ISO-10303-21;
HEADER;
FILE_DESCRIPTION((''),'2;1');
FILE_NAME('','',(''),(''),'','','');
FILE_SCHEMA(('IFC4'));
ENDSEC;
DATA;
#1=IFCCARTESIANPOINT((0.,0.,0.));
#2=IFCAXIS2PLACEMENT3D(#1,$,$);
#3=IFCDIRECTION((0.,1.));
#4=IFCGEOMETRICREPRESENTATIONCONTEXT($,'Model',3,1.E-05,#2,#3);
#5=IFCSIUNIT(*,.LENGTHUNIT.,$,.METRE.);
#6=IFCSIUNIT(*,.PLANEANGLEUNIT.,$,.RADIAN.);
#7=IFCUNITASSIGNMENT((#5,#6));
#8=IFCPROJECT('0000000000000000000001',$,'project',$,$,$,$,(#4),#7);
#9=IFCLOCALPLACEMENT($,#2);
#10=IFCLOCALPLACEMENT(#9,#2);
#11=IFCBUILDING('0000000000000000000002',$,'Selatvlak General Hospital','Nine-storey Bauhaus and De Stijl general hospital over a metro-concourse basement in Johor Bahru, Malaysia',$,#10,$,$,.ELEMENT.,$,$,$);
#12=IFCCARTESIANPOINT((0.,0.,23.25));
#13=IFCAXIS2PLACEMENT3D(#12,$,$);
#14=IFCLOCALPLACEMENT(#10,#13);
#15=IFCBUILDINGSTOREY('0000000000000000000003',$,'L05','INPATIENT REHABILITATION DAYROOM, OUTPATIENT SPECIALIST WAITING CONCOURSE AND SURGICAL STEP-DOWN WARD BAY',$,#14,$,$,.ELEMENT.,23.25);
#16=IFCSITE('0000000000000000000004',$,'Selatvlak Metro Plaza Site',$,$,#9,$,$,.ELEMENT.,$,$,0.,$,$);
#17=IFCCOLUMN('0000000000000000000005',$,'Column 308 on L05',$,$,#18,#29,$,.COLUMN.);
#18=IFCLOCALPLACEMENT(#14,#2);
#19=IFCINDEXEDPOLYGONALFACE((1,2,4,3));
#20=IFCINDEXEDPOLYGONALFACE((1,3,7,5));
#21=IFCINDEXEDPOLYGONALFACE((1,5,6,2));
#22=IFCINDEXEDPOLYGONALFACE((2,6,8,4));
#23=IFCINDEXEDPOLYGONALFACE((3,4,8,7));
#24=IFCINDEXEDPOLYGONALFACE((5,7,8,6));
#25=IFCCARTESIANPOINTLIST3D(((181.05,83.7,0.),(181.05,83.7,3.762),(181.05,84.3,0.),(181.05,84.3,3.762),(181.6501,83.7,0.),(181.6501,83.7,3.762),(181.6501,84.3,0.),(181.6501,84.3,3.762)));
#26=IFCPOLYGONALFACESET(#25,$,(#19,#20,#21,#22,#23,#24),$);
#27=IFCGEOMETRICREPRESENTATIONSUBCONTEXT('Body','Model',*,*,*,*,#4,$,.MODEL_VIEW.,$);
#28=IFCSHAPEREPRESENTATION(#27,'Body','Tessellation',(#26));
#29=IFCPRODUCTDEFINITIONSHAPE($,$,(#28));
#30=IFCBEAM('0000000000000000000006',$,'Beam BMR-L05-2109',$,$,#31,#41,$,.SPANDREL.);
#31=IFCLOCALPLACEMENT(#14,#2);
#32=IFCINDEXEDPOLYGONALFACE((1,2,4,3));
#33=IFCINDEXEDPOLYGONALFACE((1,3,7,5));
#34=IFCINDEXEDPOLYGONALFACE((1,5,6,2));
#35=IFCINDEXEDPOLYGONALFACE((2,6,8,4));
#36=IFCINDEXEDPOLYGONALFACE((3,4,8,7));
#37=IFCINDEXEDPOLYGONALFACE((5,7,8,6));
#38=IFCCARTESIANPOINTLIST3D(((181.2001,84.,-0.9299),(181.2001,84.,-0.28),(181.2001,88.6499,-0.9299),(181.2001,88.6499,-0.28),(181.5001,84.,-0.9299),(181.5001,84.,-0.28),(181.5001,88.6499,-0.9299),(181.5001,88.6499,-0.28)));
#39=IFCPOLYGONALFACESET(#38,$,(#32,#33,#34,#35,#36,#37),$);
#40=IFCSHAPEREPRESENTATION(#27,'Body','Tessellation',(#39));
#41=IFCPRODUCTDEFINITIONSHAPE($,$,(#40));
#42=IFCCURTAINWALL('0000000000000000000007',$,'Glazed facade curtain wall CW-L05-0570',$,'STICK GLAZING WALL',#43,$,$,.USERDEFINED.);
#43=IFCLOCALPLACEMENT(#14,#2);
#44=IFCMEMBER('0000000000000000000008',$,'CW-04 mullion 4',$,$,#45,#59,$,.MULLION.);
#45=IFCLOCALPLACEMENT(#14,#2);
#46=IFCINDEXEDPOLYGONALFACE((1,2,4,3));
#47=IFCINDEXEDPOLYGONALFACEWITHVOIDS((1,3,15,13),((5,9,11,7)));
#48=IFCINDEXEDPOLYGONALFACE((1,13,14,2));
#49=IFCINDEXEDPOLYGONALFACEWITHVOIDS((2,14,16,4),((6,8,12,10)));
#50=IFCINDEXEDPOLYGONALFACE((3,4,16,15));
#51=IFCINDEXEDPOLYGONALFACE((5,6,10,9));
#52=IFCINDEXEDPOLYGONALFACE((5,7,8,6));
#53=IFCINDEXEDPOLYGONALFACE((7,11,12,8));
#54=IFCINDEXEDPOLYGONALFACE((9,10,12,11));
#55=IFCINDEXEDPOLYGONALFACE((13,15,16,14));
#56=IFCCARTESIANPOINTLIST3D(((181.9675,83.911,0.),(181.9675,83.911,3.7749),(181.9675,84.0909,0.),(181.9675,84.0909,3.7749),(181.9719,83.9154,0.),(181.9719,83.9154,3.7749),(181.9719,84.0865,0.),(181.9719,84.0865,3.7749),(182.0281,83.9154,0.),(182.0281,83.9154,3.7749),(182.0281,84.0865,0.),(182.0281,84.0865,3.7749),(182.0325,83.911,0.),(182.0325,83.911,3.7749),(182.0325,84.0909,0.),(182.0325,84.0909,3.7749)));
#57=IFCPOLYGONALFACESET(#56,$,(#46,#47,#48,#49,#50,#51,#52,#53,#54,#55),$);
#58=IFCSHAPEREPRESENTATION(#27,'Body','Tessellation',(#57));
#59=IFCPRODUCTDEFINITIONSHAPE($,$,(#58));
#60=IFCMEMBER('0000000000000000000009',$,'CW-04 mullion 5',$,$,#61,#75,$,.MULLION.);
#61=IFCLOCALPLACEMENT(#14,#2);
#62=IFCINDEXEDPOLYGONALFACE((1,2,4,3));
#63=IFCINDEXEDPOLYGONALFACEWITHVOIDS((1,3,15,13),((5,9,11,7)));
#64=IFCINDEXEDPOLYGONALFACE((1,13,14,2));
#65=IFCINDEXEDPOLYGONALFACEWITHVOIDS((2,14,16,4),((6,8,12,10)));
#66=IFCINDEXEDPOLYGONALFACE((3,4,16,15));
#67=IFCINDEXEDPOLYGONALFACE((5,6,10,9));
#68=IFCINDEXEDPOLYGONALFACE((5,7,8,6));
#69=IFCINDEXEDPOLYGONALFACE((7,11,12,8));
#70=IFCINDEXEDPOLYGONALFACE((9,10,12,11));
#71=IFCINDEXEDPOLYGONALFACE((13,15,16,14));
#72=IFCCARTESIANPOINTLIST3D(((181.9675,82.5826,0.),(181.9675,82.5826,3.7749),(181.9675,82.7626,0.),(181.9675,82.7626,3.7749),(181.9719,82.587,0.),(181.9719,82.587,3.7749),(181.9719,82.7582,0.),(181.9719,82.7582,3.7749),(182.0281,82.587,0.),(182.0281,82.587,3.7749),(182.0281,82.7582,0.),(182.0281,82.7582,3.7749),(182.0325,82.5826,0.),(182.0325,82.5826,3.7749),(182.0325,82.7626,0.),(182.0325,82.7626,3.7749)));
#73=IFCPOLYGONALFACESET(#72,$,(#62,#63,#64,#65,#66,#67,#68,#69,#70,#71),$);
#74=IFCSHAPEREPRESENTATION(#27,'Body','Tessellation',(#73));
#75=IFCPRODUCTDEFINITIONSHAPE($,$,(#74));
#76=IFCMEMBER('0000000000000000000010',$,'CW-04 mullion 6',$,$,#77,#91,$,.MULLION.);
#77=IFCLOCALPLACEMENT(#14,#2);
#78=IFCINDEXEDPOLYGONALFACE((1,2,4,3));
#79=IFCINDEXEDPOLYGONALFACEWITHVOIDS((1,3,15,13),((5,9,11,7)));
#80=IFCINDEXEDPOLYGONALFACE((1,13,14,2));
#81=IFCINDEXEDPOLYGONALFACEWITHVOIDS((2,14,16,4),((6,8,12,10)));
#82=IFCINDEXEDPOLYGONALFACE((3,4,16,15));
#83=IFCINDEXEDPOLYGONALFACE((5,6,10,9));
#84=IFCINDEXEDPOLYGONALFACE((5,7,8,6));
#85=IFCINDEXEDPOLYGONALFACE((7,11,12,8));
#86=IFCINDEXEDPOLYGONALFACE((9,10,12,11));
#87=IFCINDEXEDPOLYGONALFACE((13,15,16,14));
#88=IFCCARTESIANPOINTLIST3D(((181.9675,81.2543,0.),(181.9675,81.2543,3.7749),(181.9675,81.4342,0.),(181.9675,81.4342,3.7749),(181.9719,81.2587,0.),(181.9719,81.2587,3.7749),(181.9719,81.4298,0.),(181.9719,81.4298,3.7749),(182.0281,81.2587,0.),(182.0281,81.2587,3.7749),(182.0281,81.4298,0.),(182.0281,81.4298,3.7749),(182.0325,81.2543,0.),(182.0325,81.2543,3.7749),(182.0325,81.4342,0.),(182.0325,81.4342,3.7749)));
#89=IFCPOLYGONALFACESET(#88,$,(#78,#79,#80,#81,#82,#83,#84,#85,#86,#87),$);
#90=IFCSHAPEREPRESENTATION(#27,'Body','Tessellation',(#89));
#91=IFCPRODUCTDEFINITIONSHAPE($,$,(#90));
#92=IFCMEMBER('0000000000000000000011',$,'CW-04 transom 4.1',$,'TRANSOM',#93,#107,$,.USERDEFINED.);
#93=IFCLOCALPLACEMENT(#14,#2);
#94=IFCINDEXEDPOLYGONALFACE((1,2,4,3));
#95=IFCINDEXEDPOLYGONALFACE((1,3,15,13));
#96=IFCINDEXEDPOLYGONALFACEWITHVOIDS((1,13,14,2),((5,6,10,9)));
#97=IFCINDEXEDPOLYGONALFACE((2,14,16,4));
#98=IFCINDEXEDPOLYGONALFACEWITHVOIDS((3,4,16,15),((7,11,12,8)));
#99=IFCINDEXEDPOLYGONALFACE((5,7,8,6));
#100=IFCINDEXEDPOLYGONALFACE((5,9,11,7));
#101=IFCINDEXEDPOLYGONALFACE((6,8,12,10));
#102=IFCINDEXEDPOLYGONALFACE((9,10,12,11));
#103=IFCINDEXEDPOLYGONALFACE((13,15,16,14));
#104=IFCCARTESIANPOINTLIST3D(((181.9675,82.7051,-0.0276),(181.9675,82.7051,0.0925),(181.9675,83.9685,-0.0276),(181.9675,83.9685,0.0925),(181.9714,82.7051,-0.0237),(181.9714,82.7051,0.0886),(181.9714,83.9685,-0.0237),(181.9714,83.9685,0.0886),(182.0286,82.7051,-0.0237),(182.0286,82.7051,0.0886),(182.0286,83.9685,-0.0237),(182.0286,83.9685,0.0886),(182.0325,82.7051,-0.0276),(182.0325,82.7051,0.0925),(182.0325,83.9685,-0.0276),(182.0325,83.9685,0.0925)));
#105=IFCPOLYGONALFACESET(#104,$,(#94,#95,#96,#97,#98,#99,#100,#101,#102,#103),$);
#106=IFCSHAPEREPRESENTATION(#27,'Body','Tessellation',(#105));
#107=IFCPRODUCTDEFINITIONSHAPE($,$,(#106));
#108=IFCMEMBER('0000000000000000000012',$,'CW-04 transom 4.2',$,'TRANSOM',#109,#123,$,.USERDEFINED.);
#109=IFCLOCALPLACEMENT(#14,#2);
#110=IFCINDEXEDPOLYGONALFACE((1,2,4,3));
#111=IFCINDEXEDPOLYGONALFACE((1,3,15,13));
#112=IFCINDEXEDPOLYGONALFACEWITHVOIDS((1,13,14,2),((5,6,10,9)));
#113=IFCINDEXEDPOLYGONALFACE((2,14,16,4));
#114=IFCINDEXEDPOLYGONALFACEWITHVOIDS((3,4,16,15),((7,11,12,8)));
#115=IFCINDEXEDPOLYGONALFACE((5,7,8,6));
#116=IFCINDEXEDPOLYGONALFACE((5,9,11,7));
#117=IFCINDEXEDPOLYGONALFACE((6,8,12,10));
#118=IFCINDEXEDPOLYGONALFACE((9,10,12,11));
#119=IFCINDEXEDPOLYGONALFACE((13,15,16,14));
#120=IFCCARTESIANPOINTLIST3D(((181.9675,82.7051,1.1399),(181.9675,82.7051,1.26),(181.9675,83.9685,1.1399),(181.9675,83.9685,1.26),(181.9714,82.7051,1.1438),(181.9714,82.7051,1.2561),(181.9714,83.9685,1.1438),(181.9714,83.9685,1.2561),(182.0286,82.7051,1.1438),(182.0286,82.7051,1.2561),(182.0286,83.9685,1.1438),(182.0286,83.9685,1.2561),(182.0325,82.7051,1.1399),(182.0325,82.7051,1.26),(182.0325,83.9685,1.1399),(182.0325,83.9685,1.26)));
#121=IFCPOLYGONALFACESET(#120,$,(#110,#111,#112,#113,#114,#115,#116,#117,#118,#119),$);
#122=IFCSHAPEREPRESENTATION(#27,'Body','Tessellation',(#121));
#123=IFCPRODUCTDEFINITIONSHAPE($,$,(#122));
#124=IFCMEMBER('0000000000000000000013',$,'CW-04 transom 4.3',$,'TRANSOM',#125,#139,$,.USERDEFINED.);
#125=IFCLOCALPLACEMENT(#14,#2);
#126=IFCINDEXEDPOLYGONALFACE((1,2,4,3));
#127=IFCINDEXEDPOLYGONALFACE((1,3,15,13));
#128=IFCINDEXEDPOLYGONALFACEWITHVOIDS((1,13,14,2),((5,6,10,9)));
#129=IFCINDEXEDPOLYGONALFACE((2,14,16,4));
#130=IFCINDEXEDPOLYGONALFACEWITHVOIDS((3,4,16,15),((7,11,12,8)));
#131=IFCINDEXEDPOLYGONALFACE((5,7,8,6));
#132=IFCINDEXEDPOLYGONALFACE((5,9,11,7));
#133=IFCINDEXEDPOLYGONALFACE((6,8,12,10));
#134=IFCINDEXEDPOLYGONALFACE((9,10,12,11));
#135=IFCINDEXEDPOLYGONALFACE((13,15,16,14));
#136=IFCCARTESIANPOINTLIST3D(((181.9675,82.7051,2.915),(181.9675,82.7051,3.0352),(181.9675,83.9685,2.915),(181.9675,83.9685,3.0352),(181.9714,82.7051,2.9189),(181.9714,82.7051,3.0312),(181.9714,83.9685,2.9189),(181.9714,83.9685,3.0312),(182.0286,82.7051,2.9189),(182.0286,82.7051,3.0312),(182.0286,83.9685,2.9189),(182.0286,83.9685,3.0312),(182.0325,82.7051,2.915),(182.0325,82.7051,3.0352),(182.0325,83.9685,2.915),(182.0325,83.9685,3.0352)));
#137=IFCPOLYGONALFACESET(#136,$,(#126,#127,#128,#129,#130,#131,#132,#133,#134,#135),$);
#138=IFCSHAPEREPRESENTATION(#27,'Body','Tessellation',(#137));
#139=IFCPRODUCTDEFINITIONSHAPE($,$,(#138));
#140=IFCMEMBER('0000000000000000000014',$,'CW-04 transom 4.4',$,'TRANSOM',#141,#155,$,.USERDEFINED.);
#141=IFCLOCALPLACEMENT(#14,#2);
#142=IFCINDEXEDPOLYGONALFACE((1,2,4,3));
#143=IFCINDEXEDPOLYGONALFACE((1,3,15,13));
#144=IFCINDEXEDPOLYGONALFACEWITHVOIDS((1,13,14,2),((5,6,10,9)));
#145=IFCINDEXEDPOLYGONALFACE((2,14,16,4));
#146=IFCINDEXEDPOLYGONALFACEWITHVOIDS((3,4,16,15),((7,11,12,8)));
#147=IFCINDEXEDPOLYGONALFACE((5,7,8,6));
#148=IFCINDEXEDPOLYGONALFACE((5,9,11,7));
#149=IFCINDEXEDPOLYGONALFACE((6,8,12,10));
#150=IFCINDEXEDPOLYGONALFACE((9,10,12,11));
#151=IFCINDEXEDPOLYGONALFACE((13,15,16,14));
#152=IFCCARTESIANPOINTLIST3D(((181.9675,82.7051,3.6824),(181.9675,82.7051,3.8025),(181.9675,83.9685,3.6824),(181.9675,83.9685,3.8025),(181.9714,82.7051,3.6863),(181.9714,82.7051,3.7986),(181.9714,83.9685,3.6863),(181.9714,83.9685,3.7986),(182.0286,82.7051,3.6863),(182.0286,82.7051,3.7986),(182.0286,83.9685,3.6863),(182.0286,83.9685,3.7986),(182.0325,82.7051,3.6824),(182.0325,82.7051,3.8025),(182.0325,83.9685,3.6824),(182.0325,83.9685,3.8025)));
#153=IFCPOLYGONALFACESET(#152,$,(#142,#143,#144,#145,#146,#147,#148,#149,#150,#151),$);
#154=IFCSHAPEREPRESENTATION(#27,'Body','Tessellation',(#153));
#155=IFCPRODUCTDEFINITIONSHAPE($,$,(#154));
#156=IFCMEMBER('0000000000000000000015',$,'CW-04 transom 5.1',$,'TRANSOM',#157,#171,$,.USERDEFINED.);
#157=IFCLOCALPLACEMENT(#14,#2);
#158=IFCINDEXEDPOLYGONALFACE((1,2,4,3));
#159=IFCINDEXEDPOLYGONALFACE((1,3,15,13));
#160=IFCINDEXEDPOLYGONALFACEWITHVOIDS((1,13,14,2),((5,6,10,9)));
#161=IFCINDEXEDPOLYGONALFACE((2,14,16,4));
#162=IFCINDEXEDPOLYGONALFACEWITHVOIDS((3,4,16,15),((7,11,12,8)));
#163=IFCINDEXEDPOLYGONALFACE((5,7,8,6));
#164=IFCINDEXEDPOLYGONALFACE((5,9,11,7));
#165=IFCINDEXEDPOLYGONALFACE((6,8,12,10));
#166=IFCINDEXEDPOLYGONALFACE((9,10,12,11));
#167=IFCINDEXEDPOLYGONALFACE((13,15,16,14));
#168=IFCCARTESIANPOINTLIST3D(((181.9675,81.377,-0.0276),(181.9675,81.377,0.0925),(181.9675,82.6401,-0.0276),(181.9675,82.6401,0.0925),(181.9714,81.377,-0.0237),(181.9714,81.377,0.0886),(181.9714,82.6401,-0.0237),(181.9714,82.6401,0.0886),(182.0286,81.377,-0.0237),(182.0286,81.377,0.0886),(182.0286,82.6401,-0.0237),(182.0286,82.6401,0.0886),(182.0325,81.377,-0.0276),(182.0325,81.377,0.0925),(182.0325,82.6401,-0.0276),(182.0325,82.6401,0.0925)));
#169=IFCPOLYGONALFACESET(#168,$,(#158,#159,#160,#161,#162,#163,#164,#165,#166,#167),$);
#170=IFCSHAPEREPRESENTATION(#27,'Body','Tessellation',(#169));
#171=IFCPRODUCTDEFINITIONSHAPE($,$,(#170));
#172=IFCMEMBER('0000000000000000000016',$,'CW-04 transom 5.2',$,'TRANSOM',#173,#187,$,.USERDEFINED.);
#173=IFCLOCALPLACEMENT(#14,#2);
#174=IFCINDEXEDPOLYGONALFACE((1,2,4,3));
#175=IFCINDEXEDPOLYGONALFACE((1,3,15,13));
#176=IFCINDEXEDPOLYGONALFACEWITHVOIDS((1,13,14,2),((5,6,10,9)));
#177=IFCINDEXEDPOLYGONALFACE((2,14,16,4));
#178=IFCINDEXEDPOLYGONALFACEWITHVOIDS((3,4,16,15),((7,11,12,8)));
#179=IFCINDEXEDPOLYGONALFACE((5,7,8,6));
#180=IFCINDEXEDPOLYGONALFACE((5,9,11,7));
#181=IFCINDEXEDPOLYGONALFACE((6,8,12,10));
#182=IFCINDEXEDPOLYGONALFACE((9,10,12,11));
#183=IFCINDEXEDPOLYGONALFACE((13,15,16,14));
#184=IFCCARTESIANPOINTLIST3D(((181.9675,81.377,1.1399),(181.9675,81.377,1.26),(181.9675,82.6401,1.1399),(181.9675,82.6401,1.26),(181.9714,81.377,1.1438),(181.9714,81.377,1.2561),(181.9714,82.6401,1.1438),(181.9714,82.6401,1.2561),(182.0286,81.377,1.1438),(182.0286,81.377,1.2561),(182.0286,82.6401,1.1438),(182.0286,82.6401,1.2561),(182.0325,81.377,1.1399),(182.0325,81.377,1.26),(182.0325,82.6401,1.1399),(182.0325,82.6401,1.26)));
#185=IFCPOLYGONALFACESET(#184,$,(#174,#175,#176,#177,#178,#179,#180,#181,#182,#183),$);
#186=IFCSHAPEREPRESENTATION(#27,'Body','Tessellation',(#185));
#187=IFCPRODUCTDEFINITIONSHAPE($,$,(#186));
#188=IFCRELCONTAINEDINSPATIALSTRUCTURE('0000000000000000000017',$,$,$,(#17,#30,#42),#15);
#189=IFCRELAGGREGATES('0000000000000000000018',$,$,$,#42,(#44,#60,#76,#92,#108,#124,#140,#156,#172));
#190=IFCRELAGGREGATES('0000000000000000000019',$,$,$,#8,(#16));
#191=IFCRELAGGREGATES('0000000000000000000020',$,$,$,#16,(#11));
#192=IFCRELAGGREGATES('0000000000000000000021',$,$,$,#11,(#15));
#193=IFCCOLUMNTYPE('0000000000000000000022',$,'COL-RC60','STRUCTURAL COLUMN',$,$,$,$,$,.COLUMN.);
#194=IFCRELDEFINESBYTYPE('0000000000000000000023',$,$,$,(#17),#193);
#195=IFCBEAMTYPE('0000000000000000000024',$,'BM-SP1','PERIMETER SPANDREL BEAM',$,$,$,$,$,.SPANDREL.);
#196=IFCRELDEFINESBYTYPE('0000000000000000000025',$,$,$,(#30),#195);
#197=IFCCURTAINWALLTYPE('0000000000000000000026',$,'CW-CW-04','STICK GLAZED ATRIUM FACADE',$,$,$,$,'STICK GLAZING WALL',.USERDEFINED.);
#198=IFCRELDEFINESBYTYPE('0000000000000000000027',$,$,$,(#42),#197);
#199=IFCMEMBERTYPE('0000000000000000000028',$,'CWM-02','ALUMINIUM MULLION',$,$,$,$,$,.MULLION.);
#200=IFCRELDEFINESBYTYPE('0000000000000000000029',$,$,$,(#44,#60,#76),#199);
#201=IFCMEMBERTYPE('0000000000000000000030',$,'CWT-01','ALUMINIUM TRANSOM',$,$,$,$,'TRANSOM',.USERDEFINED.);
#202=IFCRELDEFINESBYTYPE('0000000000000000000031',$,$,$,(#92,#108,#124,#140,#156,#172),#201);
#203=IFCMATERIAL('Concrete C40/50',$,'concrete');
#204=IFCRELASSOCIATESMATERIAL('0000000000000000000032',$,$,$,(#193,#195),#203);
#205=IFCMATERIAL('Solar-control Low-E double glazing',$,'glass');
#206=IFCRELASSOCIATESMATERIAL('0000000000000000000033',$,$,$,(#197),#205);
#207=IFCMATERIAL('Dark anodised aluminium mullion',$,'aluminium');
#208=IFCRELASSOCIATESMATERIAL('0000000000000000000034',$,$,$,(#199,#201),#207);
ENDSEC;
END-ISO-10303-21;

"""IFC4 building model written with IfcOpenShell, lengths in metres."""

from ifc_helpers import new_model, si_unit, direction, frame, origin, origin_2d, place, context, subcontext, project, spatial, rectangle, hollow_rectangle, extrude, material, material_profile, profile_set, type_object, element, aggregate, save


model = new_model("IFC4")

# Units and contexts
model_context = context("Model", 3, precision=1e-05, world=origin(), true_north=direction((0.0, 1.0)))
body_context = subcontext(model_context, "Body", "Model", "MODEL_VIEW")
ifc_project = project(units=[si_unit("LENGTHUNIT", "METRE"), si_unit("PLANEANGLEUNIT", "RADIAN")], contexts=[model_context])

# Site, building, storey
site_placement = place(None, origin())
site = spatial("IfcSite", under=ifc_project, at=site_placement, Name="Selatvlak Metro Plaza Site", CompositionType="ELEMENT", RefElevation=0.0)
building_placement = place(site_placement, origin())
building = spatial("IfcBuilding", under=site, at=building_placement, Name="Selatvlak General Hospital", Description="Nine-storey Bauhaus and De Stijl general hospital over a metro-concourse basement in Johor Bahru, Malaysia", CompositionType="ELEMENT")
storey_placement = place(building_placement, frame((0.0, 0.0, 23.25)))
storey = spatial("IfcBuildingStorey", under=building, at=storey_placement, Name="L05", Description="INPATIENT REHABILITATION DAYROOM, OUTPATIENT SPECIALIST WAITING CONCOURSE AND SURGICAL STEP-DOWN WARD BAY", CompositionType="ELEMENT", Elevation=23.25)

# Column
ifc_material_1 = material(Name="Concrete C40/50", Category="concrete")
ifc_material_profile_1 = material_profile(ifc_material_1, rectangle(XDim=0.6001, YDim=0.6001, at=origin_2d()), Name="RC-COL 600x600")
ifc_profile_set_1 = profile_set([ifc_material_profile_1], Name="Concrete C40/50")
column_type = type_object("IfcColumnType", Name="COL-RC60", Description="STRUCTURAL COLUMN", PredefinedType="COLUMN", material=ifc_profile_set_1)
column_placement = place(storey_placement, frame((181.3501, 84.0, 0.0), z_axis=(0.0, 0.0, 1.0), x_axis=(1.0, 0.0, 0.0)))
element("IfcColumn", 1, at=column_placement, inside=storey, type_object=column_type, Name="Column 308 on L05", PredefinedType="COLUMN", context=body_context, shape_type="SweptSolid", body=[
    extrude(rectangle(XDim=0.6001, YDim=0.6001, at=origin_2d()), origin(), (0.0, 0.0, 1.0), 3.762),
])

# Beam
ifc_material_profile_2 = material_profile(ifc_material_1, rectangle(XDim=0.3, YDim=0.6499, at=origin_2d()), Name="RC-SP 300x650")
ifc_profile_set_2 = profile_set([ifc_material_profile_2], Name="Concrete C40/50")
beam_type = type_object("IfcBeamType", Name="BM-SP1", Description="PERIMETER SPANDREL BEAM", PredefinedType="SPANDREL", material=ifc_profile_set_2)
beam_placement = place(storey_placement, frame((181.3501, 84.0, -0.605), z_axis=(0.0, 1.0, 0.0), x_axis=(-1.0, 0.0, 0.0)))
element("IfcBeam", 2, at=beam_placement, inside=storey, type_object=beam_type, Name="Beam BMR-L05-2109", PredefinedType="SPANDREL", context=body_context, shape_type="SweptSolid", body=[
    extrude(rectangle(XDim=0.3, YDim=0.6499, at=origin_2d()), origin(), (0.0, 0.0, 1.0), 4.6499),
])

# Curtain wall, members
ifc_material_2 = material(Name="Solar-control Low-E double glazing", Category="glass")
curtain_wall_type = type_object("IfcCurtainWallType", Name="CW-CW-04", Description="STICK GLAZED ATRIUM FACADE", ElementType="STICK GLAZING WALL", PredefinedType="USERDEFINED", material=ifc_material_2)
curtain_wall_placement = place(storey_placement, origin())
curtain_wall = element("IfcCurtainWall", 3, at=curtain_wall_placement, inside=storey, type_object=curtain_wall_type, Name="Glazed facade curtain wall CW-L05-0570", ObjectType="STICK GLAZING WALL", PredefinedType="USERDEFINED")
ifc_material_3 = material(Name="Dark anodised aluminium mullion", Category="aluminium")
ifc_material_profile_3 = material_profile(ifc_material_3, hollow_rectangle(XDim=0.0649, YDim=0.1799, WallThickness=0.0044, at=origin_2d()), Name="AL-MUL 65x180x4.5")
ifc_profile_set_3 = profile_set([ifc_material_profile_3], Name="Dark anodised aluminium mullion")
member_type_1 = type_object("IfcMemberType", Name="CWM-02", Description="ALUMINIUM MULLION", PredefinedType="MULLION", material=ifc_profile_set_3)
member_1_placement = place(storey_placement, frame((182.0, 84.001, 0.0), z_axis=(0.0, 0.0, 1.0), x_axis=(1.0, 0.0, 0.0)))
member_1 = element("IfcMember", 4, at=member_1_placement, type_object=member_type_1, Name="CW-04 mullion 4", PredefinedType="MULLION", context=body_context, shape_type="SweptSolid", body=[
    extrude(hollow_rectangle(XDim=0.0649, YDim=0.1799, WallThickness=0.0044, at=origin_2d()), origin(), (0.0, 0.0, 1.0), 3.7749),
])
member_2_placement = place(storey_placement, frame((182.0, 82.6726, 0.0), z_axis=(0.0, 0.0, 1.0), x_axis=(1.0, 0.0, 0.0)))
member_2 = element("IfcMember", 5, at=member_2_placement, type_object=member_type_1, Name="CW-04 mullion 5", PredefinedType="MULLION", context=body_context, shape_type="SweptSolid", body=[
    extrude(hollow_rectangle(XDim=0.0649, YDim=0.1799, WallThickness=0.0044, at=origin_2d()), origin(), (0.0, 0.0, 1.0), 3.7749),
])
member_3_placement = place(storey_placement, frame((182.0, 81.3442, 0.0), z_axis=(0.0, 0.0, 1.0), x_axis=(1.0, 0.0, 0.0)))
member_3 = element("IfcMember", 6, at=member_3_placement, type_object=member_type_1, Name="CW-04 mullion 6", PredefinedType="MULLION", context=body_context, shape_type="SweptSolid", body=[
    extrude(hollow_rectangle(XDim=0.0649, YDim=0.1799, WallThickness=0.0044, at=origin_2d()), origin(), (0.0, 0.0, 1.0), 3.7749),
])
ifc_material_profile_4 = material_profile(ifc_material_3, hollow_rectangle(XDim=0.0649, YDim=0.1201, WallThickness=0.0039, at=origin_2d()), Name="AL-TRN 65x120x4")
ifc_profile_set_4 = profile_set([ifc_material_profile_4], Name="Dark anodised aluminium mullion")
member_type_2 = type_object("IfcMemberType", Name="CWT-01", Description="ALUMINIUM TRANSOM", ElementType="TRANSOM", PredefinedType="USERDEFINED", material=ifc_profile_set_4)
member_4_placement = place(storey_placement, frame((182.0, 83.9685, 0.0325), z_axis=(0.0, -1.0, 0.0), x_axis=(1.0, 0.0, 0.0)))
member_4 = element("IfcMember", 7, at=member_4_placement, type_object=member_type_2, Name="CW-04 transom 4.1", ObjectType="TRANSOM", PredefinedType="USERDEFINED", context=body_context, shape_type="SweptSolid", body=[
    extrude(hollow_rectangle(XDim=0.0649, YDim=0.1201, WallThickness=0.0039, at=origin_2d()), origin(), (0.0, 0.0, 1.0), 1.2634),
])
member_5_placement = place(storey_placement, frame((182.0, 83.9685, 1.2), z_axis=(0.0, -1.0, 0.0), x_axis=(1.0, 0.0, 0.0)))
member_5 = element("IfcMember", 8, at=member_5_placement, type_object=member_type_2, Name="CW-04 transom 4.2", ObjectType="TRANSOM", PredefinedType="USERDEFINED", context=body_context, shape_type="SweptSolid", body=[
    extrude(hollow_rectangle(XDim=0.0649, YDim=0.1201, WallThickness=0.0039, at=origin_2d()), origin(), (0.0, 0.0, 1.0), 1.2634),
])
member_6_placement = place(storey_placement, frame((182.0, 83.9685, 2.9751), z_axis=(0.0, -1.0, 0.0), x_axis=(1.0, 0.0, 0.0)))
member_6 = element("IfcMember", 9, at=member_6_placement, type_object=member_type_2, Name="CW-04 transom 4.3", ObjectType="TRANSOM", PredefinedType="USERDEFINED", context=body_context, shape_type="SweptSolid", body=[
    extrude(hollow_rectangle(XDim=0.0649, YDim=0.1201, WallThickness=0.0039, at=origin_2d()), origin(), (0.0, 0.0, 1.0), 1.2634),
])
member_7_placement = place(storey_placement, frame((182.0, 83.9685, 3.7424), z_axis=(0.0, -1.0, 0.0), x_axis=(1.0, 0.0, 0.0)))
member_7 = element("IfcMember", 10, at=member_7_placement, type_object=member_type_2, Name="CW-04 transom 4.4", ObjectType="TRANSOM", PredefinedType="USERDEFINED", context=body_context, shape_type="SweptSolid", body=[
    extrude(hollow_rectangle(XDim=0.0649, YDim=0.1201, WallThickness=0.0039, at=origin_2d()), origin(), (0.0, 0.0, 1.0), 1.2634),
])
member_8_placement = place(storey_placement, frame((182.0, 82.6401, 0.0325), z_axis=(0.0, -1.0, 0.0), x_axis=(1.0, 0.0, 0.0)))
member_8 = element("IfcMember", 11, at=member_8_placement, type_object=member_type_2, Name="CW-04 transom 5.1", ObjectType="TRANSOM", PredefinedType="USERDEFINED", context=body_context, shape_type="SweptSolid", body=[
    extrude(hollow_rectangle(XDim=0.0649, YDim=0.1201, WallThickness=0.0039, at=origin_2d()), origin(), (0.0, 0.0, 1.0), 1.2632),
])
member_9_placement = place(storey_placement, frame((182.0, 82.6401, 1.2), z_axis=(0.0, -1.0, 0.0), x_axis=(1.0, 0.0, 0.0)))
member_9 = element("IfcMember", 12, at=member_9_placement, type_object=member_type_2, Name="CW-04 transom 5.2", ObjectType="TRANSOM", PredefinedType="USERDEFINED", context=body_context, shape_type="SweptSolid", body=[
    extrude(hollow_rectangle(XDim=0.0649, YDim=0.1201, WallThickness=0.0039, at=origin_2d()), origin(), (0.0, 0.0, 1.0), 1.2632),
])
aggregate(curtain_wall, [member_1, member_2, member_3, member_4, member_5, member_6, member_7, member_8, member_9])

save(model, "model.ifc")
